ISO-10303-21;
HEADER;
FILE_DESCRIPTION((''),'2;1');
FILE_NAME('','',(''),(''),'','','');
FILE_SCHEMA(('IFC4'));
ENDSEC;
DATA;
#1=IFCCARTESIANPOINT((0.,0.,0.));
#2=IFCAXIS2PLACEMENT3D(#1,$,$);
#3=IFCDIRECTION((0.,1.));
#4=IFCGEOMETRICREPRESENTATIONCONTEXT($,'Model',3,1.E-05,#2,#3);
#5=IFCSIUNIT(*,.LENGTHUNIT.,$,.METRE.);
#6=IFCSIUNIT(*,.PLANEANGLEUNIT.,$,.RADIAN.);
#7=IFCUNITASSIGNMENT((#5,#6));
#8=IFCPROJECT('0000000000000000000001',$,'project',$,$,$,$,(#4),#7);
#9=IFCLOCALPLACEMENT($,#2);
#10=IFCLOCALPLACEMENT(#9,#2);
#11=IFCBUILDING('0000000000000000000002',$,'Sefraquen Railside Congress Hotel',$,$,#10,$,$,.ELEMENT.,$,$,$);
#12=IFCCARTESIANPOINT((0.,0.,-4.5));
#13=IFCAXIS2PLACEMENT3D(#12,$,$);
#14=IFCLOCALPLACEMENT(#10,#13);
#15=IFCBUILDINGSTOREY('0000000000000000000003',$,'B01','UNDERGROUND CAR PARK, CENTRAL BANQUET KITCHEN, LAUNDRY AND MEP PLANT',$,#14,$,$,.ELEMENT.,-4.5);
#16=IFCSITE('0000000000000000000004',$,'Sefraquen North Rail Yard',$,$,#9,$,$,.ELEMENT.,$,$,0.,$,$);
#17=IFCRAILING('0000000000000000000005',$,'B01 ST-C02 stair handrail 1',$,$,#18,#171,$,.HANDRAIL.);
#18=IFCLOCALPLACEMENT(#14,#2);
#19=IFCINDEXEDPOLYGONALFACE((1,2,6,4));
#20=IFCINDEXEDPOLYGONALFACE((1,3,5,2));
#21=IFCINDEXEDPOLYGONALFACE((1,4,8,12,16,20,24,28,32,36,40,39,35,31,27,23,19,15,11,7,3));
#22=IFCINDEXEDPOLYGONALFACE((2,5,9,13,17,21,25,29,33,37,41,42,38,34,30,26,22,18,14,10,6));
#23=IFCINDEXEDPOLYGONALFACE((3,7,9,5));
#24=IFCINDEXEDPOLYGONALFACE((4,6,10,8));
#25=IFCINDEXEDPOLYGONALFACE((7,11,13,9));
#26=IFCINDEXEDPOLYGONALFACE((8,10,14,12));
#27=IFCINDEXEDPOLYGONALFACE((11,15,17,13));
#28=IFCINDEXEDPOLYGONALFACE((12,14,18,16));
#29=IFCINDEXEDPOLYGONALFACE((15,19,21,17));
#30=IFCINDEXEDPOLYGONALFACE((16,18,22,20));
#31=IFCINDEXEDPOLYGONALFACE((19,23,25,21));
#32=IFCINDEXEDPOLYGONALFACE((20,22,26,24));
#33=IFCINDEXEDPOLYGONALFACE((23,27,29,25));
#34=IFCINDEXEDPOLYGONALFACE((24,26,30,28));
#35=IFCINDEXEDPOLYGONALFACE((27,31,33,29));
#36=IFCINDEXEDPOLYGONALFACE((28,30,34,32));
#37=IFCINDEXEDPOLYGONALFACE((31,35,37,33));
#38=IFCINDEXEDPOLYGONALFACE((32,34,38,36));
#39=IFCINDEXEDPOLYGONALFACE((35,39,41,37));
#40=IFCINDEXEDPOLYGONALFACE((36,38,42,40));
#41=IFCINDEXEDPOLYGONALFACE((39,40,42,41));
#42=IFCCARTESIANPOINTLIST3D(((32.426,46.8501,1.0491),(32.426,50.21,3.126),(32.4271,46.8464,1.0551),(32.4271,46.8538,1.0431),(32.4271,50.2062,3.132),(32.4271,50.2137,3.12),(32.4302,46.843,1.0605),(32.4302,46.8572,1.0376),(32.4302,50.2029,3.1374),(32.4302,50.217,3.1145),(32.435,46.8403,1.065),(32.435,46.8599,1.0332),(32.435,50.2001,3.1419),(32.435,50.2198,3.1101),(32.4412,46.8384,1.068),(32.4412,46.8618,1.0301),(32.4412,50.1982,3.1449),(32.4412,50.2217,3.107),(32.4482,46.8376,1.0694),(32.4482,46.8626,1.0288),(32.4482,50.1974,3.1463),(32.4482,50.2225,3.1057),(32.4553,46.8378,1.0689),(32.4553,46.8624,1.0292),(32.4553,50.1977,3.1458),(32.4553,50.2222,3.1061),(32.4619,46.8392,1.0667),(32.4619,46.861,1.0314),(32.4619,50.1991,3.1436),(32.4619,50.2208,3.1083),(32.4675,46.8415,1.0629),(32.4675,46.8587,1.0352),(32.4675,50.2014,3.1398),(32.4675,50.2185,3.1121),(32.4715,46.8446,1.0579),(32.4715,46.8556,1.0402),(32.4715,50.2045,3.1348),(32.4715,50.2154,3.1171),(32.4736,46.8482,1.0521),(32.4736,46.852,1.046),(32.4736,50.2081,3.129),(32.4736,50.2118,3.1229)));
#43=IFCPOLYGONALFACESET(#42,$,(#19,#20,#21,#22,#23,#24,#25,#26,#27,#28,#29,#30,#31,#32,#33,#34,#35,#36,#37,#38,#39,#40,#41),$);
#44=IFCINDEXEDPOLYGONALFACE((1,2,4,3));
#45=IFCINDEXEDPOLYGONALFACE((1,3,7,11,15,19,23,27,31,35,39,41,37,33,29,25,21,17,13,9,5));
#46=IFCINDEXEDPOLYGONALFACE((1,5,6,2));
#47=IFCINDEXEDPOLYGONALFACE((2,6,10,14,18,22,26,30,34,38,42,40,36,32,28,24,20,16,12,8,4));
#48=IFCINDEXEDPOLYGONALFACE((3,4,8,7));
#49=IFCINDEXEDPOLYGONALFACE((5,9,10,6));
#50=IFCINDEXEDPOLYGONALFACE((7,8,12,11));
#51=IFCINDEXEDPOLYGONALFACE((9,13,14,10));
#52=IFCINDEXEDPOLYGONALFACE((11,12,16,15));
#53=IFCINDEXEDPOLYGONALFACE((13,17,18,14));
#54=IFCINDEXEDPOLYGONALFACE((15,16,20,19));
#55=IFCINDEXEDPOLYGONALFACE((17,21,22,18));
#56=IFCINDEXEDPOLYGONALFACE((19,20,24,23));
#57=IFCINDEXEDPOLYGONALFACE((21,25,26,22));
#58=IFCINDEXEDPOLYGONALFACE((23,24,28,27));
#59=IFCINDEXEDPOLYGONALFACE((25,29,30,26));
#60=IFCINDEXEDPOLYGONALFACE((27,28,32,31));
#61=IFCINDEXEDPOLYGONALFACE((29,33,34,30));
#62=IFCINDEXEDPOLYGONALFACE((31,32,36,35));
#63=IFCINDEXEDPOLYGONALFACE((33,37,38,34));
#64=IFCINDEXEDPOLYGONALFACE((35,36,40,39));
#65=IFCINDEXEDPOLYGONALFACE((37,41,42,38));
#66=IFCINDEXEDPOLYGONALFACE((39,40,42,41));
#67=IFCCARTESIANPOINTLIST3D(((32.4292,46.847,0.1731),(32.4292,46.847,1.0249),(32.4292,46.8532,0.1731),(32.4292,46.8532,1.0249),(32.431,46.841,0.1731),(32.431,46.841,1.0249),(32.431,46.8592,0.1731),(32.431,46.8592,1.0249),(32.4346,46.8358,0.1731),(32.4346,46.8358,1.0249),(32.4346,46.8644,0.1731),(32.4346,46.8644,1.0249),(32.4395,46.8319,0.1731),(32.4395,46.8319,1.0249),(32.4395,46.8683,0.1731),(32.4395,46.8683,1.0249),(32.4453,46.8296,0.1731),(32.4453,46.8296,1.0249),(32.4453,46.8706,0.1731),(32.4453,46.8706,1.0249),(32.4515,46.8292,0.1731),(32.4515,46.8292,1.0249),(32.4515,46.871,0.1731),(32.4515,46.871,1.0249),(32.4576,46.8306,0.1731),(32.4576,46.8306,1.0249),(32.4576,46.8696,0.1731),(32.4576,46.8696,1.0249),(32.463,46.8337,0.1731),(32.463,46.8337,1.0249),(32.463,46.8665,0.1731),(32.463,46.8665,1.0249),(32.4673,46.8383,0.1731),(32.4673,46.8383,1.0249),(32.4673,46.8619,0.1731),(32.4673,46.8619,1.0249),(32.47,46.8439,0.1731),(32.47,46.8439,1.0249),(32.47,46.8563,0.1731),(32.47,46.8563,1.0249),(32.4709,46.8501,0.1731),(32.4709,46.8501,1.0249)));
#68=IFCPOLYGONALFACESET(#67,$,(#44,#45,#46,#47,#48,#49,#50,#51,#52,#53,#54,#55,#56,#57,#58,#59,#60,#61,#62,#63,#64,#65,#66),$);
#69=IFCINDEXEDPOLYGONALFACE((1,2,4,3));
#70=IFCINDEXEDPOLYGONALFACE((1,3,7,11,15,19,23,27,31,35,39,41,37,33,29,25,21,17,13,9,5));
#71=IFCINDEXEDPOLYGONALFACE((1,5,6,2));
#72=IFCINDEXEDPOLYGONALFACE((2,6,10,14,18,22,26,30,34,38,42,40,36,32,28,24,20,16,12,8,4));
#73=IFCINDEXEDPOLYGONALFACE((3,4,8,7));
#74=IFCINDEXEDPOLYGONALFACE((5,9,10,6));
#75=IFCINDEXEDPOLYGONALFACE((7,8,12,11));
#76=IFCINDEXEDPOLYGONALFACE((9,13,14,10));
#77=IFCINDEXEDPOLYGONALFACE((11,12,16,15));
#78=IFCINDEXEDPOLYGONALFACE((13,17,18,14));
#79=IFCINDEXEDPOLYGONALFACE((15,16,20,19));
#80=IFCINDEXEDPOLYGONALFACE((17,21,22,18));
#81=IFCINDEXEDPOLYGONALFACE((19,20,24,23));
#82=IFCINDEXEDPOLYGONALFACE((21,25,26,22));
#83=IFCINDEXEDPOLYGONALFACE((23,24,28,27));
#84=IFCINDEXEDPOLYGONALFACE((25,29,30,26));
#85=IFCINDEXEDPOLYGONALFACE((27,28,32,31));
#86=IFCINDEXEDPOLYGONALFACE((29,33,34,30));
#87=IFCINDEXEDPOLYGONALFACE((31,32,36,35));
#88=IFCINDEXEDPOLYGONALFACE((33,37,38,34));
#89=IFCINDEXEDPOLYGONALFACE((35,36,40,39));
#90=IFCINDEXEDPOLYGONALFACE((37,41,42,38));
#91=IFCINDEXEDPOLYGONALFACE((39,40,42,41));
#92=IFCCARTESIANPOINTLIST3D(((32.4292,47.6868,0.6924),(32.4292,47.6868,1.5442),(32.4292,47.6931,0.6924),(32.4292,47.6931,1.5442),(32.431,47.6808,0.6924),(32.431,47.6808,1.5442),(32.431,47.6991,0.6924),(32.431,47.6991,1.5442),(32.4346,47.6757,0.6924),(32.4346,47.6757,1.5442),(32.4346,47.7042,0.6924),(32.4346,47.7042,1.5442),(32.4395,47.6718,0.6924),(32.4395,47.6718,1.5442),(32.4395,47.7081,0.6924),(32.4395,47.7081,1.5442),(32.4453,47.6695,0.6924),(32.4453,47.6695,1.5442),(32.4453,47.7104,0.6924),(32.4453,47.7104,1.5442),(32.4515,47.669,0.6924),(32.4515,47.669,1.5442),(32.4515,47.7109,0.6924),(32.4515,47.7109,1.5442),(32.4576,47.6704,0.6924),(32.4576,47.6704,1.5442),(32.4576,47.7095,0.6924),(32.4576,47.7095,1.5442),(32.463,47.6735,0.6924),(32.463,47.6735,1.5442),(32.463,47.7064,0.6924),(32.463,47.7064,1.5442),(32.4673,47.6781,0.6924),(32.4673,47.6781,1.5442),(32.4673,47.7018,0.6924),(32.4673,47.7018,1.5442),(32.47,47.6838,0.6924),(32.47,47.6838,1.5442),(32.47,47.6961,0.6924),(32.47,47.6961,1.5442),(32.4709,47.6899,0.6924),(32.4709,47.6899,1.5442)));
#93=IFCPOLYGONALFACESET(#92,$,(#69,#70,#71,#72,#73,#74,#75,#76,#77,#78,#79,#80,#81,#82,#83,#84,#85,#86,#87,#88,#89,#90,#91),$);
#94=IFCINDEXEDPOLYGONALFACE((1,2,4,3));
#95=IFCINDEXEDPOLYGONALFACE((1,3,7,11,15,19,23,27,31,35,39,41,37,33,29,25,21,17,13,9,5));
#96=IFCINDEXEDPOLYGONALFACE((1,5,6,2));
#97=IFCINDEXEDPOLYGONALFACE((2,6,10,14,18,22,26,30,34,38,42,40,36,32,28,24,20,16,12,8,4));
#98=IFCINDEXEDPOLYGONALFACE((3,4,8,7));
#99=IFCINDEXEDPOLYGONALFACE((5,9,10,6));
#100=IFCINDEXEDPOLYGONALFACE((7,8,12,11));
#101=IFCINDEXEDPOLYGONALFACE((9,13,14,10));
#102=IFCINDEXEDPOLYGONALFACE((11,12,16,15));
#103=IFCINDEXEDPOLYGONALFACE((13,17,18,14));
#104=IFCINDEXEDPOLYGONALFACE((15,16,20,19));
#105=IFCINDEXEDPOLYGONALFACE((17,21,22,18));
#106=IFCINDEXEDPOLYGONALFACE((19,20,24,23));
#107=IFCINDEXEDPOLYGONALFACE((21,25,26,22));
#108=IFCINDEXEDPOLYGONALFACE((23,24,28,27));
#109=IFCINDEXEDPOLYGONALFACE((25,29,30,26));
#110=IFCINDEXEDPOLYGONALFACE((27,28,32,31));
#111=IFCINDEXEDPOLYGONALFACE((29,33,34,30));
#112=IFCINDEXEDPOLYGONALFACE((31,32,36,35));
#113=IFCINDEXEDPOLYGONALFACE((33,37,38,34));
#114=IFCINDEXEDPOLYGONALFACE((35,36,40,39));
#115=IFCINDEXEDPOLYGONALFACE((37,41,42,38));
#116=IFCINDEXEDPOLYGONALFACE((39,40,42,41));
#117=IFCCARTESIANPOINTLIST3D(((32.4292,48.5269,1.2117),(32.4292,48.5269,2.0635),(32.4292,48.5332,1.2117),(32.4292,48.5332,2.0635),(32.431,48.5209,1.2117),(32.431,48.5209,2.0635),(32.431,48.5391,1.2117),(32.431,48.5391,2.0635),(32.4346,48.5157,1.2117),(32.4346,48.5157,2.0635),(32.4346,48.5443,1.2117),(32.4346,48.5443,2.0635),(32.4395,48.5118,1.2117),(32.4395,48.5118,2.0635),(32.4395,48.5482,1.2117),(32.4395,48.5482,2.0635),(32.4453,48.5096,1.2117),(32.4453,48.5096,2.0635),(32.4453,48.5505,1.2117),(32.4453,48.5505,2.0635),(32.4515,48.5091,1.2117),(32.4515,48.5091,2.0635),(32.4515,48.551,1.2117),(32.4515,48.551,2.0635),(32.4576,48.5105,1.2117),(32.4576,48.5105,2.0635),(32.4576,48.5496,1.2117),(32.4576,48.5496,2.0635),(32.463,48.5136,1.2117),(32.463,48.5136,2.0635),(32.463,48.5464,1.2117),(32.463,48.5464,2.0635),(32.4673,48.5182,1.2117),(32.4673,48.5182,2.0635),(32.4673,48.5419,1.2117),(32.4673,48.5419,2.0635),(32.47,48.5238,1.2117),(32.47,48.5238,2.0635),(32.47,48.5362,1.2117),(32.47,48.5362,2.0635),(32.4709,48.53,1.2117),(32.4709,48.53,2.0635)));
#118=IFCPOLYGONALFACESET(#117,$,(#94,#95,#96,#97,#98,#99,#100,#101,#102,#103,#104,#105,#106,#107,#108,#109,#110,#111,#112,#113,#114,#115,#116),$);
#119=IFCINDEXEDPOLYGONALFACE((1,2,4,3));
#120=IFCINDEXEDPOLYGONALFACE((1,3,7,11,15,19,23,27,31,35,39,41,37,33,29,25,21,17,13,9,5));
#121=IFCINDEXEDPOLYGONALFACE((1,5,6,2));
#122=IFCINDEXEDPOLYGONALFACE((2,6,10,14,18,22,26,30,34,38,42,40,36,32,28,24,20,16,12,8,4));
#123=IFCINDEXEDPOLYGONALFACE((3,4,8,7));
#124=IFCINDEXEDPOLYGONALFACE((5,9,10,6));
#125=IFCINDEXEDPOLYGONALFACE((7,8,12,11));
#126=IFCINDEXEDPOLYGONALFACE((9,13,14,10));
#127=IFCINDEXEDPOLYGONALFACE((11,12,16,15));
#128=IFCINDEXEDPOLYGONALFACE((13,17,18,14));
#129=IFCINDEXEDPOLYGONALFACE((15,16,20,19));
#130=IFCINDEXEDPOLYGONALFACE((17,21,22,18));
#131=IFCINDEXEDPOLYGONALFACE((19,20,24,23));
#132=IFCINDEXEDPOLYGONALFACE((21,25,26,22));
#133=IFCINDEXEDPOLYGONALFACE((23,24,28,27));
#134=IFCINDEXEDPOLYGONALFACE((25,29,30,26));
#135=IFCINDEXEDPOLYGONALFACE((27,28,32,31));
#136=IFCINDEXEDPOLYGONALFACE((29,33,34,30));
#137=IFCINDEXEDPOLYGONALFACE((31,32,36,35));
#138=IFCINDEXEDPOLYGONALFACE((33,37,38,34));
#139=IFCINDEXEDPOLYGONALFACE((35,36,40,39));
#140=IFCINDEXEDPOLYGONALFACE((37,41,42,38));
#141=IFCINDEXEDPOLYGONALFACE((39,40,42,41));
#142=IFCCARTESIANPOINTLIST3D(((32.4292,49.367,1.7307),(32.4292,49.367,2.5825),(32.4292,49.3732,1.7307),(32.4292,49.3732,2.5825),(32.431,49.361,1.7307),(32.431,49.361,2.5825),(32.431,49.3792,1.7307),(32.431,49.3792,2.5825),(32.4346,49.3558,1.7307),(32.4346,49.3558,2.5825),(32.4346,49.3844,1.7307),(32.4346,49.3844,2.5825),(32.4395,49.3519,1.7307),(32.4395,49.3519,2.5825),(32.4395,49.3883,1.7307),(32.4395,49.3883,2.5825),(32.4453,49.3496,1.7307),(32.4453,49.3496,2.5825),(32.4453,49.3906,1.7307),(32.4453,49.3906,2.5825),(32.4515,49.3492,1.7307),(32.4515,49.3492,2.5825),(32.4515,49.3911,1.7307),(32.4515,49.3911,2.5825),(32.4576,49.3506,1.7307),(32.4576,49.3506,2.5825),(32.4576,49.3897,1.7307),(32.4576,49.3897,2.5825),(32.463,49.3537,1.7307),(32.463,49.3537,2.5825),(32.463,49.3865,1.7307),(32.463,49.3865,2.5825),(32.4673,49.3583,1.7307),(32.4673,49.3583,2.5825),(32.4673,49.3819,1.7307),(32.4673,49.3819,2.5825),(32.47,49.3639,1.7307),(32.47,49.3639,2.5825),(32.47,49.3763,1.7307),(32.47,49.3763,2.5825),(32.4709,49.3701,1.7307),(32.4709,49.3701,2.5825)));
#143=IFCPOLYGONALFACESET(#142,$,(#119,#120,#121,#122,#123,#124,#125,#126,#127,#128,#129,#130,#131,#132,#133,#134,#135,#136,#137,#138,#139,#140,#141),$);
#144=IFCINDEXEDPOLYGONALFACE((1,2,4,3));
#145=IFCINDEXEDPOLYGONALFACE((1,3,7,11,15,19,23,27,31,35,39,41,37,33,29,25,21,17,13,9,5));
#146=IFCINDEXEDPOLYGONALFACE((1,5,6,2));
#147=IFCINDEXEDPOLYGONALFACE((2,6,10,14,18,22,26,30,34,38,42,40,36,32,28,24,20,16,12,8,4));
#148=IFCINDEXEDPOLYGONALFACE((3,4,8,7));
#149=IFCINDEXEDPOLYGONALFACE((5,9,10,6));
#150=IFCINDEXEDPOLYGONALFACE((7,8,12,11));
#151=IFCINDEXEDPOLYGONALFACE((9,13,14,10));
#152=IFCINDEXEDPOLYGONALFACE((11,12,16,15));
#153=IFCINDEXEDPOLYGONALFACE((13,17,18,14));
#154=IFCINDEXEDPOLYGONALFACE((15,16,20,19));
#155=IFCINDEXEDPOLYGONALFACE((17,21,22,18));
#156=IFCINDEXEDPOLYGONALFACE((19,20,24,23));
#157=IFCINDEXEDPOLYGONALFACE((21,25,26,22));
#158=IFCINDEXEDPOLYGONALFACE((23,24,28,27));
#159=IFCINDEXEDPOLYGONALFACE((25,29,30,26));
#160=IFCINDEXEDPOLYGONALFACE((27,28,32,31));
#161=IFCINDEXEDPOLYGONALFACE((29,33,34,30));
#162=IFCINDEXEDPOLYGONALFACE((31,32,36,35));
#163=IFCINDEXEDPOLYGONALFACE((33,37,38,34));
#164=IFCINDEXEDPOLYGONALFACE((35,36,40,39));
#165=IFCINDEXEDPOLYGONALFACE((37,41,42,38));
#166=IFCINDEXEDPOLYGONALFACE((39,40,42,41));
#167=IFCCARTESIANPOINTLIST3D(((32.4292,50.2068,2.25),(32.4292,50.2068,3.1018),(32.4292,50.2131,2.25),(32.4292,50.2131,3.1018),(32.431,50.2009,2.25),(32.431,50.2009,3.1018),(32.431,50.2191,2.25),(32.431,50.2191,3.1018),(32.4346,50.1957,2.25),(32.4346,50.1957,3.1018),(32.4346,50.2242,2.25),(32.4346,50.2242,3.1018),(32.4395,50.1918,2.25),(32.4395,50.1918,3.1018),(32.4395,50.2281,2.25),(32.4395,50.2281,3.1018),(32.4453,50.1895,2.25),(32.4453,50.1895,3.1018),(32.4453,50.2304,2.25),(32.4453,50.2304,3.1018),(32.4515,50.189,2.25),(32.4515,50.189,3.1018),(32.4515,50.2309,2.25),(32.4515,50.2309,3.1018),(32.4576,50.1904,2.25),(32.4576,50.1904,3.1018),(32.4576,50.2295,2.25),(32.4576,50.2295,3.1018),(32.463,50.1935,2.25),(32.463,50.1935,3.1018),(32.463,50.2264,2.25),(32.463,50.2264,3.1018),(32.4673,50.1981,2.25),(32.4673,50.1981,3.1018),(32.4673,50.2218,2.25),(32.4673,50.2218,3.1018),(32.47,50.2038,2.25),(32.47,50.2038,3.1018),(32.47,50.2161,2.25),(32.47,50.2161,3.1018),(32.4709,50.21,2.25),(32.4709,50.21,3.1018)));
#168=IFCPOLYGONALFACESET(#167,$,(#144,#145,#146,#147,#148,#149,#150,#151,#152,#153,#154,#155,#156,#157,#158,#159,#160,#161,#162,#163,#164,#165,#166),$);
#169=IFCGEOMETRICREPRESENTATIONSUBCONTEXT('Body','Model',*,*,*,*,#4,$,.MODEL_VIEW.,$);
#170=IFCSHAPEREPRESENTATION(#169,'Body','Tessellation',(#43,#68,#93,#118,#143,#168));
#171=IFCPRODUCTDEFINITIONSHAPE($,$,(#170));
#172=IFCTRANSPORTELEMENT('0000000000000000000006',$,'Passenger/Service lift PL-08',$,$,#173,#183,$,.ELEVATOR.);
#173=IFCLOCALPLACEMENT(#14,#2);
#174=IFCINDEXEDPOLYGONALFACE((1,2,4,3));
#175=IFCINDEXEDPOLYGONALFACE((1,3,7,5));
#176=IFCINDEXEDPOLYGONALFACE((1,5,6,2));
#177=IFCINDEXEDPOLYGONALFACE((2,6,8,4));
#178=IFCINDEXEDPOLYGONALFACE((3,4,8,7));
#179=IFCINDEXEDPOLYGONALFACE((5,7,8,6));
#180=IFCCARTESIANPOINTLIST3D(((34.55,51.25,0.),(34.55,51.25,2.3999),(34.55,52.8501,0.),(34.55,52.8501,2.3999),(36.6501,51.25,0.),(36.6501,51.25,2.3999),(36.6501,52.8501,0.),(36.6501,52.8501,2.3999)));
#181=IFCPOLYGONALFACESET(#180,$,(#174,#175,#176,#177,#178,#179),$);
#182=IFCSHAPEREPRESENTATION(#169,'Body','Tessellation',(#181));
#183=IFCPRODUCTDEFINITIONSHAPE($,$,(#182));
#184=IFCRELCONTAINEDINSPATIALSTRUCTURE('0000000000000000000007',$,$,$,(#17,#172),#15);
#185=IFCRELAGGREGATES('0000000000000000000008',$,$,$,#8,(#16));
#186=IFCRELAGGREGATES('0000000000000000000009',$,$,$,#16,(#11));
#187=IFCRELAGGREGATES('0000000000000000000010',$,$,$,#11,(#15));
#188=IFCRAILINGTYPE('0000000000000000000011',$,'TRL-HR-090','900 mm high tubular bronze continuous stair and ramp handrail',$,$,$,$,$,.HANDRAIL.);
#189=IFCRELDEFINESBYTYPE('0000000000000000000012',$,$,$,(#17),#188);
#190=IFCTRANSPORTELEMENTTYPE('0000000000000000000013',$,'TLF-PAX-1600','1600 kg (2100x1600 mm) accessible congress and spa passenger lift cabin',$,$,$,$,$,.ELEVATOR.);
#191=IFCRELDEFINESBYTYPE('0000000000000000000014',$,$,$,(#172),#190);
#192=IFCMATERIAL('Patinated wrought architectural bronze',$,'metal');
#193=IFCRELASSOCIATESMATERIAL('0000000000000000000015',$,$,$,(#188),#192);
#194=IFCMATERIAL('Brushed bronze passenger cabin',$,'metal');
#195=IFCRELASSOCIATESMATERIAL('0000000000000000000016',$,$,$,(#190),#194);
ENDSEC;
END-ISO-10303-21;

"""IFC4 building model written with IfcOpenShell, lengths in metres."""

from ifc_helpers import new_model, si_unit, direction, frame, origin, origin_2d, place, context, subcontext, project, spatial, rectangle, circle, extrude, material, type_object, element, save


model = new_model("IFC4")

# Units and contexts
model_context = context("Model", 3, precision=1e-05, world=origin(), true_north=direction((0.0, 1.0)))
body_context = subcontext(model_context, "Body", "Model", "MODEL_VIEW")
ifc_project = project(units=[si_unit("LENGTHUNIT", "METRE"), si_unit("PLANEANGLEUNIT", "RADIAN")], contexts=[model_context])

# Site, building, storey
site_placement = place(None, origin())
site = spatial("IfcSite", under=ifc_project, at=site_placement, Name="Sefraquen North Rail Yard", CompositionType="ELEMENT", RefElevation=0.0)
building_placement = place(site_placement, origin())
building = spatial("IfcBuilding", under=site, at=building_placement, Name="Sefraquen Railside Congress Hotel", CompositionType="ELEMENT")
storey_placement = place(building_placement, frame((0.0, 0.0, -4.5)))
storey = spatial("IfcBuildingStorey", under=building, at=storey_placement, Name="B01", Description="UNDERGROUND CAR PARK, CENTRAL BANQUET KITCHEN, LAUNDRY AND MEP PLANT", CompositionType="ELEMENT", Elevation=-4.5)

# Railing
ifc_material_1 = material(Name="Patinated wrought architectural bronze", Category="metal")
railing_type_1 = type_object("IfcRailingType", Name="TRL-HR-090", Description="900 mm high tubular bronze continuous stair and ramp handrail", PredefinedType="HANDRAIL", material=ifc_material_1)
railing_1_placement = place(storey_placement, frame((32.45, 46.8501, 0.1731)))
element("IfcRailing", 1, at=railing_1_placement, inside=storey, type_object=railing_type_1, Name="B01 ST-C02 stair handrail 1", PredefinedType="HANDRAIL", context=body_context, shape_type="SweptSolid", body=[
    extrude(circle(Radius=0.0239, at=origin_2d()), frame((0.0, 0.0, 0.876), z_axis=(0.0, 0.850606, 0.525803), x_axis=(-1.0, 0.0, 0.0)), (0.0, 0.0, 1.0), 3.95),
    extrude(circle(Radius=0.021, at=origin_2d()), origin(), (0.0, 0.0, 1.0), 0.8518),
    extrude(circle(Radius=0.021, at=origin_2d()), frame((0.0, 0.8398, 0.5193)), (0.0, 0.0, 1.0), 0.8518),
    extrude(circle(Radius=0.021, at=origin_2d()), frame((0.0, 1.6799, 1.0386)), (0.0, 0.0, 1.0), 0.8518),
    extrude(circle(Radius=0.021, at=origin_2d()), frame((0.0, 2.52, 1.5576)), (0.0, 0.0, 1.0), 0.8518),
    extrude(circle(Radius=0.021, at=origin_2d()), frame((0.0, 3.3599, 2.0769)), (0.0, 0.0, 1.0), 0.8518),
])

# Transport element
ifc_material_2 = material(Name="Brushed bronze passenger cabin", Category="metal")
transport_element_type = type_object("IfcTransportElementType", Name="TLF-PAX-1600", Description="1600 kg (2100x1600 mm) accessible congress and spa passenger lift cabin", PredefinedType="ELEVATOR", material=ifc_material_2)
transport_element_placement = place(storey_placement, frame((35.6001, 52.05, 0.0), z_axis=(0.0, 0.0, 1.0), x_axis=(1.0, 0.0, 0.0)))
element("IfcTransportElement", 2, at=transport_element_placement, inside=storey, type_object=transport_element_type, Name="Passenger/Service lift PL-08", PredefinedType="ELEVATOR", context=body_context, shape_type="SweptSolid", body=[
    extrude(rectangle(XDim=2.1001, YDim=1.6001, at=origin_2d()), origin(), (0.0, 0.0, 1.0), 2.3999),
])

save(model, "model.ifc")
